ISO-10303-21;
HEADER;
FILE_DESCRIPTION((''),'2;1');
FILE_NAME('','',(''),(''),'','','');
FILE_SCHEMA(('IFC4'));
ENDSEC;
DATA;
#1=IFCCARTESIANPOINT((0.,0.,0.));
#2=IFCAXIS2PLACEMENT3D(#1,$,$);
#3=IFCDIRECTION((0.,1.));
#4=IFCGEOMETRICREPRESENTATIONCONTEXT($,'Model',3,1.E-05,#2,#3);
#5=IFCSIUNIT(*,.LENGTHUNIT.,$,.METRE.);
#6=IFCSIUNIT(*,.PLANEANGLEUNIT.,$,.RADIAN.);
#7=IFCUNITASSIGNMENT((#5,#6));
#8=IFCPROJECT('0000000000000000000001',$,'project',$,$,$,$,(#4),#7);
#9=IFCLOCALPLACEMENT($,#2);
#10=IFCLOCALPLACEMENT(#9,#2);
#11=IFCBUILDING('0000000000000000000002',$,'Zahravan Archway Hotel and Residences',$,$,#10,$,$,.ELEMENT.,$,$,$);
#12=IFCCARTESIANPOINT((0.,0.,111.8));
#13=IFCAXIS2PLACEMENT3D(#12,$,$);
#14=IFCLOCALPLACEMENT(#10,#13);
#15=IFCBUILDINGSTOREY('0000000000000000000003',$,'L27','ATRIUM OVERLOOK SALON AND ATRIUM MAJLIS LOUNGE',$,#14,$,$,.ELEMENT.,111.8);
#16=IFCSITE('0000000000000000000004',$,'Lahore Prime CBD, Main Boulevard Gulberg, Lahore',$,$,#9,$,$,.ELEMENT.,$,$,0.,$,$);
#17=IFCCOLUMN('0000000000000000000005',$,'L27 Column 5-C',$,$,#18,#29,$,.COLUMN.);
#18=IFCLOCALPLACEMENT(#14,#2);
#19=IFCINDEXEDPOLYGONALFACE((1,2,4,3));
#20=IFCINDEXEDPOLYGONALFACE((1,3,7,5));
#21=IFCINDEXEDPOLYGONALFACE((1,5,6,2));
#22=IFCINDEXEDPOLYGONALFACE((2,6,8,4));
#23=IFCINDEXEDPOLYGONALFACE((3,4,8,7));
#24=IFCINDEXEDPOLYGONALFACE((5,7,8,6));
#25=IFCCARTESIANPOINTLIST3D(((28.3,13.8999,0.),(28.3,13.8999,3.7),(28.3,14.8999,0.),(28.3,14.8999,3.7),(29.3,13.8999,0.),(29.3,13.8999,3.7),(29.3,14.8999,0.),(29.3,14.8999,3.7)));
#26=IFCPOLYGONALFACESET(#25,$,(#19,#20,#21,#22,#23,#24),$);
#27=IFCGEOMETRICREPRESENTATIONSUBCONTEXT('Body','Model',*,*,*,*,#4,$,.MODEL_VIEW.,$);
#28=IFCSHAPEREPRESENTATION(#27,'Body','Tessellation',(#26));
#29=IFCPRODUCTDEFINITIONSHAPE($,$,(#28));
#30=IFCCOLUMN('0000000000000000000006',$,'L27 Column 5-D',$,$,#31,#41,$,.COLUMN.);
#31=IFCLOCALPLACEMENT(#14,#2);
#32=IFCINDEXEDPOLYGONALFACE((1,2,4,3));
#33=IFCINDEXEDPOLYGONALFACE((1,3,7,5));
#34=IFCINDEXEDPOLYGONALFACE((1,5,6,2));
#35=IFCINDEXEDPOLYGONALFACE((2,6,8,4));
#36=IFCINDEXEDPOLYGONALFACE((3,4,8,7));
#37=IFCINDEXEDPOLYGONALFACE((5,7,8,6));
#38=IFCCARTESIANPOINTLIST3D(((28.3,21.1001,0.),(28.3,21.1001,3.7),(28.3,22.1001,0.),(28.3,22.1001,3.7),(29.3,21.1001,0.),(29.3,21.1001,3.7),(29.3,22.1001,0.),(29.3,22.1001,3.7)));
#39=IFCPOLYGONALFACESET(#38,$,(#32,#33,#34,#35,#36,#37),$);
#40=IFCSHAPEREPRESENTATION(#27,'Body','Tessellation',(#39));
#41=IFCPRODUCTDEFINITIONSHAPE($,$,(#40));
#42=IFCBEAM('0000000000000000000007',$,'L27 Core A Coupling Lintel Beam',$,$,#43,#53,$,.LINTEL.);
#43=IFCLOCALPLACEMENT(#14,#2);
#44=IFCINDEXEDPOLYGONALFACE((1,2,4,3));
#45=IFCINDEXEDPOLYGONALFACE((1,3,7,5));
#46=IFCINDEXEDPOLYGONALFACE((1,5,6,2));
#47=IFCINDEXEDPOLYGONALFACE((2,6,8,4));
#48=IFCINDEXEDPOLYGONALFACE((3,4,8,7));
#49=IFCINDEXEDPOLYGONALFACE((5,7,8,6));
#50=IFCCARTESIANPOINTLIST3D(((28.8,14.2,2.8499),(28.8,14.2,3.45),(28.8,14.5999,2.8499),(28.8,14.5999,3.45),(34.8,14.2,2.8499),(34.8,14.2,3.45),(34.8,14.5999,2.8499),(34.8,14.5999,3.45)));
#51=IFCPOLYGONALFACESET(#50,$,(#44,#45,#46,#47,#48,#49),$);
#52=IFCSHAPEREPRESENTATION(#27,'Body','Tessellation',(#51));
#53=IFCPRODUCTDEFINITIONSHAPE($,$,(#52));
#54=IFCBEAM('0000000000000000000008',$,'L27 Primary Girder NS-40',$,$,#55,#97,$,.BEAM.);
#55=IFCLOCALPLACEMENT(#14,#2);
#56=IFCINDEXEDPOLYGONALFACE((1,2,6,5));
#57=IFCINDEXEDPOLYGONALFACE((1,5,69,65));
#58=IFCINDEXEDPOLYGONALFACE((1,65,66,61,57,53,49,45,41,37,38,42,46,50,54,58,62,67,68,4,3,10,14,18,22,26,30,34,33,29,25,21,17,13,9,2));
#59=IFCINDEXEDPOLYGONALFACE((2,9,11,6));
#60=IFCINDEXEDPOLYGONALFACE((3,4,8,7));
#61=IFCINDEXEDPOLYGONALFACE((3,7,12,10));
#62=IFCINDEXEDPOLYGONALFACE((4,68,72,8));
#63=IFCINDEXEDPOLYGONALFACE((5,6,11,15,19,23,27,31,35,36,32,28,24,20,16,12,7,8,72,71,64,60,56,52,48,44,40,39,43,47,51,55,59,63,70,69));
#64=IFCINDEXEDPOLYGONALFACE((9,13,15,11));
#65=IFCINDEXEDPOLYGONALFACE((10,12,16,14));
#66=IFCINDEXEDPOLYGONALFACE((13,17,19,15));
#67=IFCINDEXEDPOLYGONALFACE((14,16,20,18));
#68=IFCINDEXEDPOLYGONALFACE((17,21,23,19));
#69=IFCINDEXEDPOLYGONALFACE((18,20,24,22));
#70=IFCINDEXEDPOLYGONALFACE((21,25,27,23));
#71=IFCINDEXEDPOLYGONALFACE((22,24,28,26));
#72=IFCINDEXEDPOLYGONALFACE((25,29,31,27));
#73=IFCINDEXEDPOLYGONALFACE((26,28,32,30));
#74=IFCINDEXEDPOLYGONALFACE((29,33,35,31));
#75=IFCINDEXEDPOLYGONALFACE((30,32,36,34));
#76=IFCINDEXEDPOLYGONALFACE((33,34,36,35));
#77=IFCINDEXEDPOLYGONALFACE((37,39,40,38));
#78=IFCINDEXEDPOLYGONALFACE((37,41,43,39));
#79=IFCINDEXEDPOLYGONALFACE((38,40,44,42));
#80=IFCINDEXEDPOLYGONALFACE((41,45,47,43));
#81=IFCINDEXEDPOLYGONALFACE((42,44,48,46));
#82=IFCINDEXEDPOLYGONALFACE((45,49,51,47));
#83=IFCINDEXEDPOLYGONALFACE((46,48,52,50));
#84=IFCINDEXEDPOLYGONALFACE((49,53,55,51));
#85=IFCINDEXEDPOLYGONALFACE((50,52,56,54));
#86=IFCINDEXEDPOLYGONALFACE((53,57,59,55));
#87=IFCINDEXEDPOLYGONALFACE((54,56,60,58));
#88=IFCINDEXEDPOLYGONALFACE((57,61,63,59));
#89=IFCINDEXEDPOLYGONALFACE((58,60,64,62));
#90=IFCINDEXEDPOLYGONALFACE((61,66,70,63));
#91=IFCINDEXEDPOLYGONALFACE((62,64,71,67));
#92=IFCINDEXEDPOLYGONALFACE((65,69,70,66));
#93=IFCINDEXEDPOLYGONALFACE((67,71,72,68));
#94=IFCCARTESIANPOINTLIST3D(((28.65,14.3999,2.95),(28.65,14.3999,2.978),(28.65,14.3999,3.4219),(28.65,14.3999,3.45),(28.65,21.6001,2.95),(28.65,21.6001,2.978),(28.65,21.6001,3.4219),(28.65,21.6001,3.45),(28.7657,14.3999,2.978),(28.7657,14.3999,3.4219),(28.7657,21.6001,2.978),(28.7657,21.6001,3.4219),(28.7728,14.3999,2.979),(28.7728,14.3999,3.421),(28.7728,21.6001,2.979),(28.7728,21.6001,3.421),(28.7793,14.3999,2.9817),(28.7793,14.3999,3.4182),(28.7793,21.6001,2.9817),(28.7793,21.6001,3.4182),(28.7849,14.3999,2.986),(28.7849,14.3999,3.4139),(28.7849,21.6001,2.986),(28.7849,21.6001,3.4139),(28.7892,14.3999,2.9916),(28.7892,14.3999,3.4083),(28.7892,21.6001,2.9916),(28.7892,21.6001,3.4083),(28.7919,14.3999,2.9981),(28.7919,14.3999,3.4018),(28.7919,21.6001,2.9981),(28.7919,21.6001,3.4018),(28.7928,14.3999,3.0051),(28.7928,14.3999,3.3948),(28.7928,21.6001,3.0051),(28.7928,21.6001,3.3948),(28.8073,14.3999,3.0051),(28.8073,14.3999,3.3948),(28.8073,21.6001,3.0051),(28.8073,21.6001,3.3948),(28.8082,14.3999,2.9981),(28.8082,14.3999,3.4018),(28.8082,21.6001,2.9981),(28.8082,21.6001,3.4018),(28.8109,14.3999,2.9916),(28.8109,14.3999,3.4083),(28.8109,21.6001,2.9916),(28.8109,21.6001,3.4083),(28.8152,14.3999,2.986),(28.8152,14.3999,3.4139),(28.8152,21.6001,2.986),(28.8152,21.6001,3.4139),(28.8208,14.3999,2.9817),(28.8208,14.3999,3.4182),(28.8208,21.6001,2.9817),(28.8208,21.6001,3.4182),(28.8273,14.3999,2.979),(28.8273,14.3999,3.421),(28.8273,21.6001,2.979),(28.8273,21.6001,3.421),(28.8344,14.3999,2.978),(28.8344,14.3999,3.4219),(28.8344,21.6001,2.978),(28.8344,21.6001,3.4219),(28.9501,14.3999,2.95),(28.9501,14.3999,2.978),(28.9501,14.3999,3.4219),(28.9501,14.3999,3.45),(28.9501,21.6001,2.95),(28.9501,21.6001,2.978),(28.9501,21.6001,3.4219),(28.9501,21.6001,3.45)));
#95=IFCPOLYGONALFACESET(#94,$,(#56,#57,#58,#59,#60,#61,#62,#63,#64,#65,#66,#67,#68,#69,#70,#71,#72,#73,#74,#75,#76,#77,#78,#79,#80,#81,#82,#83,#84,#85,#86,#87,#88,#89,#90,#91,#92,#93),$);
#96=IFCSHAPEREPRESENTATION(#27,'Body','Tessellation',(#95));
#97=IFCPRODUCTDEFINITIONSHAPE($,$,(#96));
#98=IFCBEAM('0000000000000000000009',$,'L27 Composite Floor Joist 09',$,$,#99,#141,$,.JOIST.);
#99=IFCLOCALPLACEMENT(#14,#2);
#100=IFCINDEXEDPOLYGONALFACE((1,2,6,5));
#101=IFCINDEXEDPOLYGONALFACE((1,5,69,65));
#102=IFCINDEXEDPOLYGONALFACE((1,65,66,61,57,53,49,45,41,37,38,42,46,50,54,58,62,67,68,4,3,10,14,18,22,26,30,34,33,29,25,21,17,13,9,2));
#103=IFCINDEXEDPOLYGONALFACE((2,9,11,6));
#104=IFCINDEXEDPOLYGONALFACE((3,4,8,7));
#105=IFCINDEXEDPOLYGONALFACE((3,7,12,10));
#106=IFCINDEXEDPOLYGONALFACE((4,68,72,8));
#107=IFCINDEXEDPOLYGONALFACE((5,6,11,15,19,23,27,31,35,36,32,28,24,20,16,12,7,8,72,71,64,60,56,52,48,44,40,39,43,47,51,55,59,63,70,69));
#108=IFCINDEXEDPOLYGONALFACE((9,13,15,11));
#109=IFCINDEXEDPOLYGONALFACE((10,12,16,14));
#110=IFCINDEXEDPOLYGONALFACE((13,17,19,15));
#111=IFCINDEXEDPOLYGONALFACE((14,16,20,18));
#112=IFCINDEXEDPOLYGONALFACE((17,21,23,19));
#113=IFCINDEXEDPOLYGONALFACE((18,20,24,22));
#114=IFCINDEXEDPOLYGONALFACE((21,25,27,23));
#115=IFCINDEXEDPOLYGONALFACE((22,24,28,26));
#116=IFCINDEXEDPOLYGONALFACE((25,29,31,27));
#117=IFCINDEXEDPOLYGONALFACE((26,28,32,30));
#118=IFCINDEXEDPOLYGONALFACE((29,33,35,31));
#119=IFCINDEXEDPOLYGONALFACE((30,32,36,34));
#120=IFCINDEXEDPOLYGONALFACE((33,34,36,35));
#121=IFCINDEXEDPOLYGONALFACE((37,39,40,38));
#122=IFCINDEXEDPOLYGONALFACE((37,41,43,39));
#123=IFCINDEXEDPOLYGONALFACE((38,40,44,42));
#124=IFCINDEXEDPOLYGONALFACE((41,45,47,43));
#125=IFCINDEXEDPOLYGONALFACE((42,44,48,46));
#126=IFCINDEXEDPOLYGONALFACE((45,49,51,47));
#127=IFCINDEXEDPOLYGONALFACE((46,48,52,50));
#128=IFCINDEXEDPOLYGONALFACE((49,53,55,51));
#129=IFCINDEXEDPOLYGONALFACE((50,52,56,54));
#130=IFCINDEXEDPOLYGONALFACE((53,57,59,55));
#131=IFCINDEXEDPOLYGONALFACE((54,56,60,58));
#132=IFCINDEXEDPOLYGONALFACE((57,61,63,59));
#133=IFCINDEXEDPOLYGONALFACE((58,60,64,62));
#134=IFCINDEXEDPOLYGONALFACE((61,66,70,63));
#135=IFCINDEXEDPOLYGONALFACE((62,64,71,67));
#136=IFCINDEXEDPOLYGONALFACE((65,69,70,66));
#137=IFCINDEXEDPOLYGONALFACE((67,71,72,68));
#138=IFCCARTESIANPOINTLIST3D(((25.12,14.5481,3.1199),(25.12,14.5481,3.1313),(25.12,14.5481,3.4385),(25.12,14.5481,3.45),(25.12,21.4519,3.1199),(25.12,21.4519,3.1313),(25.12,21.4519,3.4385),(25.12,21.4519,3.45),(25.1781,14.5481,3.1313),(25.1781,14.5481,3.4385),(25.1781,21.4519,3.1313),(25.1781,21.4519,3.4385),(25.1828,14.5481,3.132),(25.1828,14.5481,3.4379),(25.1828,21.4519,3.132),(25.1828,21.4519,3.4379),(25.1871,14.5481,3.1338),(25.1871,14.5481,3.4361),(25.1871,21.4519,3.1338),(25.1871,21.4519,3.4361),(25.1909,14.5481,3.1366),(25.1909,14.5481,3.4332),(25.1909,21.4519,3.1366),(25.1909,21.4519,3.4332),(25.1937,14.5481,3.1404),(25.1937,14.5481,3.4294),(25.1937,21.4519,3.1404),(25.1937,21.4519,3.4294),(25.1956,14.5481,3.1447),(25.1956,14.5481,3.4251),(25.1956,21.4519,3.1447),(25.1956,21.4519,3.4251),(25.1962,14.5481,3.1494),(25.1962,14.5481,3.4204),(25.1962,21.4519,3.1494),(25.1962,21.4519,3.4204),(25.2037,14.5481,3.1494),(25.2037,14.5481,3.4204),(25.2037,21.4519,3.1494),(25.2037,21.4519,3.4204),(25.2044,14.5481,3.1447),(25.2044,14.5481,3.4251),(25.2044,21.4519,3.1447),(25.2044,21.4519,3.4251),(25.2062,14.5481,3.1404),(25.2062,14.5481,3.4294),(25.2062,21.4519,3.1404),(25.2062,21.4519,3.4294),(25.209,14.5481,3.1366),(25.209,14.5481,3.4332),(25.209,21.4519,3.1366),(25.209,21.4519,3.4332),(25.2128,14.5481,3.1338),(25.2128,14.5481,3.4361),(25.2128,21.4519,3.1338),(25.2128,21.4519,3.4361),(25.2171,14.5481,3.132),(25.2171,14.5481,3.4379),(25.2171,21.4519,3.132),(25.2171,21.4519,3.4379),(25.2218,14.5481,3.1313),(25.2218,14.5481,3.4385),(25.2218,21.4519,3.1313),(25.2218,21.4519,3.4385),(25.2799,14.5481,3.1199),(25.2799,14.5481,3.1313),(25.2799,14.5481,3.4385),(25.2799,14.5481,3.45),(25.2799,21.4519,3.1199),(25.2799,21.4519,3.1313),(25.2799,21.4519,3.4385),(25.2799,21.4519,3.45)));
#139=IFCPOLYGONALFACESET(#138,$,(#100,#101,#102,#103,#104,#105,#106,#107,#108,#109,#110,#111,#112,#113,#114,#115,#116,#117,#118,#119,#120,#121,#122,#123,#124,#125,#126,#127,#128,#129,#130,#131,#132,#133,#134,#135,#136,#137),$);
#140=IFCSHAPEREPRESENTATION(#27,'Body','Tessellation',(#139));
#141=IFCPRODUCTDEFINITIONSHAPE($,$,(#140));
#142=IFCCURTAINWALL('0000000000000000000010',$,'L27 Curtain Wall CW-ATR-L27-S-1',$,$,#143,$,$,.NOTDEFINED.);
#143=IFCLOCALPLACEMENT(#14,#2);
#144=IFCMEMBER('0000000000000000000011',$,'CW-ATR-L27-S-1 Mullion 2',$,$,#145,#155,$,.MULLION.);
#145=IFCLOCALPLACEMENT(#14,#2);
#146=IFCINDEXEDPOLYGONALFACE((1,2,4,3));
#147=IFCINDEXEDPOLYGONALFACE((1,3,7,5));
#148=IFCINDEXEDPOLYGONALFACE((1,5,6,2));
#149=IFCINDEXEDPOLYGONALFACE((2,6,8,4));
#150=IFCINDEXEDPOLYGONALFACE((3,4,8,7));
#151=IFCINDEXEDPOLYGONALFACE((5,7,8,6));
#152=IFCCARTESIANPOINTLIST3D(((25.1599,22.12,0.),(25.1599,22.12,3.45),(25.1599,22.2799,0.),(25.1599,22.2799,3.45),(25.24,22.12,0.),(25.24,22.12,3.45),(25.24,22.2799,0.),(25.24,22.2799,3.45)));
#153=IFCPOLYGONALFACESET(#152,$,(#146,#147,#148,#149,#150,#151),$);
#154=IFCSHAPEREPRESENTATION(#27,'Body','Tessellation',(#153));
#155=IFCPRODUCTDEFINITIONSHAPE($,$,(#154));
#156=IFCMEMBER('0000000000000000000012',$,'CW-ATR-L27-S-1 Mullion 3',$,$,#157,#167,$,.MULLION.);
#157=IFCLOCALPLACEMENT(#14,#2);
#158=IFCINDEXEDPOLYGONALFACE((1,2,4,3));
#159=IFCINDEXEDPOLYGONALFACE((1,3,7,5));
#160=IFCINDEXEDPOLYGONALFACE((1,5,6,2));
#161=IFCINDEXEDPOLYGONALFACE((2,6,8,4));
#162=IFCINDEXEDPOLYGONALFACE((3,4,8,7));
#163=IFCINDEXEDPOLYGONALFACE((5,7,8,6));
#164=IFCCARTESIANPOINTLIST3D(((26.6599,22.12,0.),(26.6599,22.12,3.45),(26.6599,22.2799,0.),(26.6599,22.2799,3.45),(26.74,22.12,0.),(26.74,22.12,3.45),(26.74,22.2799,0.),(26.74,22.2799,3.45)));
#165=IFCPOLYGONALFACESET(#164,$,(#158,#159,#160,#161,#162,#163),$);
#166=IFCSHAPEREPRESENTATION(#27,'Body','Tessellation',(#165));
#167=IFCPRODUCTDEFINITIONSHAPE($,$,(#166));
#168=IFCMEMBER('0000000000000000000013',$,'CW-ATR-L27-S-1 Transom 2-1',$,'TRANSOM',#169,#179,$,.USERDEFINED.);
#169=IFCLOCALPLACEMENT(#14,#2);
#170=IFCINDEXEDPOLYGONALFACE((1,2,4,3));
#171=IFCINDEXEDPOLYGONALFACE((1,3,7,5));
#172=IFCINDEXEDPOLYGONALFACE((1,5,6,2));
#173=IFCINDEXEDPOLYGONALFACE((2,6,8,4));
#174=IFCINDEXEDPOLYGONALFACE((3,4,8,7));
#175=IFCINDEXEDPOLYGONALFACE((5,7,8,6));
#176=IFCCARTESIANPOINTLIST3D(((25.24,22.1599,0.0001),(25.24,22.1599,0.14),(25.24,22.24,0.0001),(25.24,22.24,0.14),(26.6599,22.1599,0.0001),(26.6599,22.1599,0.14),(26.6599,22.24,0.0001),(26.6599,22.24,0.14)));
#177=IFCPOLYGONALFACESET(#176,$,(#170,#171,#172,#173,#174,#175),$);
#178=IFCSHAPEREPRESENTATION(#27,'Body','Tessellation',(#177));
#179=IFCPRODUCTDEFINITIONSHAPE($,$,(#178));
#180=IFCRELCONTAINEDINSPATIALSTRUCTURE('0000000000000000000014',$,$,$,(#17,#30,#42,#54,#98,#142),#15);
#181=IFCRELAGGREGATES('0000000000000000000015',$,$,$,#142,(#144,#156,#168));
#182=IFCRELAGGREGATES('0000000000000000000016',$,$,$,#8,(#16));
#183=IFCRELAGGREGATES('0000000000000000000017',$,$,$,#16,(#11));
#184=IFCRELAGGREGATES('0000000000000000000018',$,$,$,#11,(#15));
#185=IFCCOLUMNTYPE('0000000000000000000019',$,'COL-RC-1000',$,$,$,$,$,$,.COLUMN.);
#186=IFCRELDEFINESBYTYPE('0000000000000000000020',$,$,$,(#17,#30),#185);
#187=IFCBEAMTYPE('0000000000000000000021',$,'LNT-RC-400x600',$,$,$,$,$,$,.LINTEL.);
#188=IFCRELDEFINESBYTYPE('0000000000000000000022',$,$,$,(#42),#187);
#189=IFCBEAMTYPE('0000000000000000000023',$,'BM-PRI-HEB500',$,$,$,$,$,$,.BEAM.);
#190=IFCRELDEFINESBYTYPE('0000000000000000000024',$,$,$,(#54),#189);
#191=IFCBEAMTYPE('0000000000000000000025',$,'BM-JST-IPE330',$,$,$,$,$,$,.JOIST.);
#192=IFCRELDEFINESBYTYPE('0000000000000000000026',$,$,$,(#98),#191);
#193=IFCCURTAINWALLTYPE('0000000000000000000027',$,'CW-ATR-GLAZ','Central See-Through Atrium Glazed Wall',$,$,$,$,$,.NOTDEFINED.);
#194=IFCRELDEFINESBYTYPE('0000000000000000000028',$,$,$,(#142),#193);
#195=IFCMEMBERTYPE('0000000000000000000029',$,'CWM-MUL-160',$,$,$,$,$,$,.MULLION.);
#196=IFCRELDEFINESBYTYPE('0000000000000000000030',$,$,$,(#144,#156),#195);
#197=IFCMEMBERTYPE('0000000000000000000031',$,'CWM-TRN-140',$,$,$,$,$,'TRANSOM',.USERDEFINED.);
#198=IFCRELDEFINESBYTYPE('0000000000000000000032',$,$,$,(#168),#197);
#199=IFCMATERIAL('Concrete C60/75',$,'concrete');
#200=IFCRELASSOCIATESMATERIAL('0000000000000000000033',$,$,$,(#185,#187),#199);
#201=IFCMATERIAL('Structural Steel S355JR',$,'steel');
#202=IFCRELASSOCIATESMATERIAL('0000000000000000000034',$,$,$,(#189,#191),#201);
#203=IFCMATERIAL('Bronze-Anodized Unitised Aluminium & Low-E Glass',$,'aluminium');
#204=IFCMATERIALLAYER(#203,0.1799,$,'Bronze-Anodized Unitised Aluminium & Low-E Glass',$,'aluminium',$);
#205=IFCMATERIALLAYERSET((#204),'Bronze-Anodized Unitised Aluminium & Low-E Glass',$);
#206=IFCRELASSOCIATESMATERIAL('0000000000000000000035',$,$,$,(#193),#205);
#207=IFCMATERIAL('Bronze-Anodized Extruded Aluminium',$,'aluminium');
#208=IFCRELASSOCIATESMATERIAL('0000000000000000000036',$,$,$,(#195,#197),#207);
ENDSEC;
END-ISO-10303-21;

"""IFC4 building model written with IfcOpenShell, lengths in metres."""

from ifc_helpers import new_model, si_unit, direction, frame, origin, origin_2d, place, context, subcontext, project, spatial, rectangle, i_section, extrude, source, transform, mapped, material, layer, layer_set, material_profile, profile_set, type_object, type_shapes, element, aggregate, save


model = new_model("IFC4")

# Units and contexts
model_context = context("Model", 3, precision=1e-05, world=origin(), true_north=direction((0.0, 1.0)))
body_context = subcontext(model_context, "Body", "Model", "MODEL_VIEW")
ifc_project = project(units=[si_unit("LENGTHUNIT", "METRE"), si_unit("PLANEANGLEUNIT", "RADIAN")], contexts=[model_context])

# Site, building, storey
site_placement = place(None, origin())
site = spatial("IfcSite", under=ifc_project, at=site_placement, Name="Lahore Prime CBD, Main Boulevard Gulberg, Lahore", CompositionType="ELEMENT", RefElevation=0.0)
building_placement = place(site_placement, origin())
building = spatial("IfcBuilding", under=site, at=building_placement, Name="Zahravan Archway Hotel and Residences", CompositionType="ELEMENT")
storey_placement = place(building_placement, frame((0.0, 0.0, 111.8)))
storey = spatial("IfcBuildingStorey", under=building, at=storey_placement, Name="L27", Description="ATRIUM OVERLOOK SALON AND ATRIUM MAJLIS LOUNGE", CompositionType="ELEMENT", Elevation=111.8)

# Columns
ifc_material_1 = material(Name="Concrete C60/75", Category="concrete")
ifc_material_profile_1 = material_profile(ifc_material_1, rectangle(XDim=1.0, YDim=1.0, at=origin_2d()), Name="RC-COL-1000x1000", Category="concrete")
ifc_profile_set_1 = profile_set([ifc_material_profile_1], Name="Concrete C60/75")
column_type = type_object("IfcColumnType", Name="COL-RC-1000", PredefinedType="COLUMN", material=ifc_profile_set_1)
shared_shape_1 = source(origin(), body_context, "Body", "SweptSolid", [
    extrude(rectangle(XDim=1.0, YDim=1.0, at=origin_2d()), origin(), (0.0, 0.0, 1.0), 3.7),
])
type_shapes(column_type, [shared_shape_1])
for number, where, z_axis, x_axis, name in (
    (1, (28.8, 14.3999, 0.0), (0.0, 0.0, 1.0), (1.0, 0.0, 0.0), "L27 Column 5-C"),
    (2, (28.8, 21.6001, 0.0), (0.0, 0.0, 1.0), (1.0, 0.0, 0.0), "L27 Column 5-D"),
):
    element("IfcColumn", number, at=place(storey_placement, frame(where, z_axis=z_axis, x_axis=x_axis)), inside=storey, type_object=column_type, Name=name, PredefinedType="COLUMN", context=body_context, shape_type="MappedRepresentation", body=[
        mapped(shared_shape_1, transform((0.0, 0.0, 0.0), scale=1.0)),
    ])

# Beams
ifc_material_profile_2 = material_profile(ifc_material_1, rectangle(XDim=0.3999, YDim=0.6001, at=origin_2d()), Name="RC-LNT-400x600", Category="concrete")
ifc_profile_set_2 = profile_set([ifc_material_profile_2], Name="Concrete C60/75")
beam_type_1 = type_object("IfcBeamType", Name="LNT-RC-400x600", PredefinedType="LINTEL", material=ifc_profile_set_2)
shared_shape_2 = source(origin(), body_context, "Body", "SweptSolid", [
    extrude(rectangle(XDim=0.3999, YDim=0.6001, at=origin_2d()), origin(), (0.0, 0.0, 1.0), 6.0),
])
type_shapes(beam_type_1, [shared_shape_2])
beam_1_placement = place(storey_placement, frame((28.8, 14.3999, 3.1499), z_axis=(1.0, 0.0, 0.0), x_axis=(0.0, 1.0, 0.0)))
element("IfcBeam", 3, at=beam_1_placement, inside=storey, type_object=beam_type_1, Name="L27 Core A Coupling Lintel Beam", PredefinedType="LINTEL", context=body_context, shape_type="MappedRepresentation", body=[
    mapped(shared_shape_2, transform((0.0, 0.0, 0.0), scale=1.0)),
])
ifc_material_2 = material(Name="Structural Steel S355JR", Category="steel")
ifc_material_profile_3 = material_profile(ifc_material_2, i_section(OverallWidth=0.3, OverallDepth=0.5, WebThickness=0.0144, FlangeThickness=0.0281, FilletRadius=0.0271, at=origin_2d()), Name="HEB 500", Category="steel")
ifc_profile_set_3 = profile_set([ifc_material_profile_3], Name="Structural Steel S355JR")
beam_type_2 = type_object("IfcBeamType", Name="BM-PRI-HEB500", PredefinedType="BEAM", material=ifc_profile_set_3)
shared_shape_3 = source(origin(), body_context, "Body", "SweptSolid", [
    extrude(i_section(OverallWidth=0.3, OverallDepth=0.5, WebThickness=0.0144, FlangeThickness=0.0281, FilletRadius=0.0271, at=origin_2d()), origin(), (0.0, 0.0, 1.0), 7.2002),
])
type_shapes(beam_type_2, [shared_shape_3])
beam_2_placement = place(storey_placement, frame((28.8, 14.3999, 3.2), z_axis=(0.0, 1.0, 0.0), x_axis=(-1.0, 0.0, 0.0)))
element("IfcBeam", 4, at=beam_2_placement, inside=storey, type_object=beam_type_2, Name="L27 Primary Girder NS-40", PredefinedType="BEAM", context=body_context, shape_type="MappedRepresentation", body=[
    mapped(shared_shape_3, transform((0.0, 0.0, 0.0), scale=1.0)),
])
ifc_material_profile_4 = material_profile(ifc_material_2, i_section(OverallWidth=0.1599, OverallDepth=0.3301, WebThickness=0.0076, FlangeThickness=0.0115, FilletRadius=0.0181, at=origin_2d()), Name="IPE 330", Category="steel")
ifc_profile_set_4 = profile_set([ifc_material_profile_4], Name="Structural Steel S355JR")
beam_type_3 = type_object("IfcBeamType", Name="BM-JST-IPE330", PredefinedType="JOIST", material=ifc_profile_set_4)
shared_shape_4 = source(origin(), body_context, "Body", "SweptSolid", [
    extrude(i_section(OverallWidth=0.1599, OverallDepth=0.3301, WebThickness=0.0076, FlangeThickness=0.0115, FilletRadius=0.0181, at=origin_2d()), origin(), (0.0, 0.0, 1.0), 6.9038),
])
beam_3_placement = place(storey_placement, frame((25.2, 14.5481, 3.2849), z_axis=(0.0, 1.0, 0.0), x_axis=(-1.0, 0.0, 0.0)))
element("IfcBeam", 5, at=beam_3_placement, inside=storey, type_object=beam_type_3, Name="L27 Composite Floor Joist 09", PredefinedType="JOIST", context=body_context, shape_type="MappedRepresentation", body=[
    mapped(shared_shape_4, transform((0.0, 0.0, 0.0), scale=1.0)),
])

# Curtain wall, members
ifc_material_3 = material(Name="Bronze-Anodized Unitised Aluminium & Low-E Glass", Category="aluminium")
ifc_layer_1 = layer(ifc_material_3, 0.1799, Name="Bronze-Anodized Unitised Aluminium & Low-E Glass", Category="aluminium")
ifc_layer_set_1 = layer_set([ifc_layer_1], Name="Bronze-Anodized Unitised Aluminium & Low-E Glass")
curtain_wall_type = type_object("IfcCurtainWallType", Name="CW-ATR-GLAZ", Description="Central See-Through Atrium Glazed Wall", PredefinedType="NOTDEFINED", material=ifc_layer_set_1)
curtain_wall_placement = place(storey_placement, origin())
curtain_wall = element("IfcCurtainWall", 6, at=curtain_wall_placement, inside=storey, type_object=curtain_wall_type, Name="L27 Curtain Wall CW-ATR-L27-S-1", PredefinedType="NOTDEFINED")
ifc_material_4 = material(Name="Bronze-Anodized Extruded Aluminium", Category="aluminium")
ifc_material_profile_5 = material_profile(ifc_material_4, rectangle(XDim=0.0801, YDim=0.1599, at=origin_2d()), Name="MUL 80x160", Category="aluminium")
ifc_profile_set_5 = profile_set([ifc_material_profile_5], Name="Bronze-Anodized Extruded Aluminium")
member_type_1 = type_object("IfcMemberType", Name="CWM-MUL-160", PredefinedType="MULLION", material=ifc_profile_set_5)
shared_shape_5 = source(origin(), body_context, "Body", "SweptSolid", [
    extrude(rectangle(XDim=0.0801, YDim=0.1599, at=origin_2d()), origin(), (0.0, 0.0, 1.0), 3.45),
])
member_1_placement = place(storey_placement, frame((25.2, 22.2, 0.0), z_axis=(0.0, 0.0, 1.0), x_axis=(1.0, 0.0, 0.0)))
member_1 = element("IfcMember", 7, at=member_1_placement, type_object=member_type_1, Name="CW-ATR-L27-S-1 Mullion 2", PredefinedType="MULLION", context=body_context, shape_type="MappedRepresentation", body=[
    mapped(shared_shape_5, transform((0.0, 0.0, 0.0), scale=1.0)),
])
member_2_placement = place(storey_placement, frame((26.7, 22.2, 0.0), z_axis=(0.0, 0.0, 1.0), x_axis=(1.0, 0.0, 0.0)))
member_2 = element("IfcMember", 8, at=member_2_placement, type_object=member_type_1, Name="CW-ATR-L27-S-1 Mullion 3", PredefinedType="MULLION", context=body_context, shape_type="MappedRepresentation", body=[
    mapped(shared_shape_5, transform((0.0, 0.0, 0.0), scale=1.0)),
])
ifc_material_profile_6 = material_profile(ifc_material_4, rectangle(XDim=0.0801, YDim=0.1399, at=origin_2d()), Name="TRN 80x140", Category="aluminium")
ifc_profile_set_6 = profile_set([ifc_material_profile_6], Name="Bronze-Anodized Extruded Aluminium")
member_type_2 = type_object("IfcMemberType", Name="CWM-TRN-140", ElementType="TRANSOM", PredefinedType="USERDEFINED", material=ifc_profile_set_6)
shared_shape_6 = source(origin(), body_context, "Body", "SweptSolid", [
    extrude(rectangle(XDim=0.0801, YDim=0.1399, at=origin_2d()), origin(), (0.0, 0.0, 1.0), 1.4199),
])
member_3_placement = place(storey_placement, frame((25.24, 22.2, 0.0701), z_axis=(1.0, 0.0, 0.0), x_axis=(0.0, 1.0, 0.0)))
member_3 = element("IfcMember", 9, at=member_3_placement, type_object=member_type_2, Name="CW-ATR-L27-S-1 Transom 2-1", ObjectType="TRANSOM", PredefinedType="USERDEFINED", context=body_context, shape_type="MappedRepresentation", body=[
    mapped(shared_shape_6, transform((0.0, 0.0, 0.0), scale=1.0)),
])
aggregate(curtain_wall, [member_1, member_2, member_3])

save(model, "model.ifc")
